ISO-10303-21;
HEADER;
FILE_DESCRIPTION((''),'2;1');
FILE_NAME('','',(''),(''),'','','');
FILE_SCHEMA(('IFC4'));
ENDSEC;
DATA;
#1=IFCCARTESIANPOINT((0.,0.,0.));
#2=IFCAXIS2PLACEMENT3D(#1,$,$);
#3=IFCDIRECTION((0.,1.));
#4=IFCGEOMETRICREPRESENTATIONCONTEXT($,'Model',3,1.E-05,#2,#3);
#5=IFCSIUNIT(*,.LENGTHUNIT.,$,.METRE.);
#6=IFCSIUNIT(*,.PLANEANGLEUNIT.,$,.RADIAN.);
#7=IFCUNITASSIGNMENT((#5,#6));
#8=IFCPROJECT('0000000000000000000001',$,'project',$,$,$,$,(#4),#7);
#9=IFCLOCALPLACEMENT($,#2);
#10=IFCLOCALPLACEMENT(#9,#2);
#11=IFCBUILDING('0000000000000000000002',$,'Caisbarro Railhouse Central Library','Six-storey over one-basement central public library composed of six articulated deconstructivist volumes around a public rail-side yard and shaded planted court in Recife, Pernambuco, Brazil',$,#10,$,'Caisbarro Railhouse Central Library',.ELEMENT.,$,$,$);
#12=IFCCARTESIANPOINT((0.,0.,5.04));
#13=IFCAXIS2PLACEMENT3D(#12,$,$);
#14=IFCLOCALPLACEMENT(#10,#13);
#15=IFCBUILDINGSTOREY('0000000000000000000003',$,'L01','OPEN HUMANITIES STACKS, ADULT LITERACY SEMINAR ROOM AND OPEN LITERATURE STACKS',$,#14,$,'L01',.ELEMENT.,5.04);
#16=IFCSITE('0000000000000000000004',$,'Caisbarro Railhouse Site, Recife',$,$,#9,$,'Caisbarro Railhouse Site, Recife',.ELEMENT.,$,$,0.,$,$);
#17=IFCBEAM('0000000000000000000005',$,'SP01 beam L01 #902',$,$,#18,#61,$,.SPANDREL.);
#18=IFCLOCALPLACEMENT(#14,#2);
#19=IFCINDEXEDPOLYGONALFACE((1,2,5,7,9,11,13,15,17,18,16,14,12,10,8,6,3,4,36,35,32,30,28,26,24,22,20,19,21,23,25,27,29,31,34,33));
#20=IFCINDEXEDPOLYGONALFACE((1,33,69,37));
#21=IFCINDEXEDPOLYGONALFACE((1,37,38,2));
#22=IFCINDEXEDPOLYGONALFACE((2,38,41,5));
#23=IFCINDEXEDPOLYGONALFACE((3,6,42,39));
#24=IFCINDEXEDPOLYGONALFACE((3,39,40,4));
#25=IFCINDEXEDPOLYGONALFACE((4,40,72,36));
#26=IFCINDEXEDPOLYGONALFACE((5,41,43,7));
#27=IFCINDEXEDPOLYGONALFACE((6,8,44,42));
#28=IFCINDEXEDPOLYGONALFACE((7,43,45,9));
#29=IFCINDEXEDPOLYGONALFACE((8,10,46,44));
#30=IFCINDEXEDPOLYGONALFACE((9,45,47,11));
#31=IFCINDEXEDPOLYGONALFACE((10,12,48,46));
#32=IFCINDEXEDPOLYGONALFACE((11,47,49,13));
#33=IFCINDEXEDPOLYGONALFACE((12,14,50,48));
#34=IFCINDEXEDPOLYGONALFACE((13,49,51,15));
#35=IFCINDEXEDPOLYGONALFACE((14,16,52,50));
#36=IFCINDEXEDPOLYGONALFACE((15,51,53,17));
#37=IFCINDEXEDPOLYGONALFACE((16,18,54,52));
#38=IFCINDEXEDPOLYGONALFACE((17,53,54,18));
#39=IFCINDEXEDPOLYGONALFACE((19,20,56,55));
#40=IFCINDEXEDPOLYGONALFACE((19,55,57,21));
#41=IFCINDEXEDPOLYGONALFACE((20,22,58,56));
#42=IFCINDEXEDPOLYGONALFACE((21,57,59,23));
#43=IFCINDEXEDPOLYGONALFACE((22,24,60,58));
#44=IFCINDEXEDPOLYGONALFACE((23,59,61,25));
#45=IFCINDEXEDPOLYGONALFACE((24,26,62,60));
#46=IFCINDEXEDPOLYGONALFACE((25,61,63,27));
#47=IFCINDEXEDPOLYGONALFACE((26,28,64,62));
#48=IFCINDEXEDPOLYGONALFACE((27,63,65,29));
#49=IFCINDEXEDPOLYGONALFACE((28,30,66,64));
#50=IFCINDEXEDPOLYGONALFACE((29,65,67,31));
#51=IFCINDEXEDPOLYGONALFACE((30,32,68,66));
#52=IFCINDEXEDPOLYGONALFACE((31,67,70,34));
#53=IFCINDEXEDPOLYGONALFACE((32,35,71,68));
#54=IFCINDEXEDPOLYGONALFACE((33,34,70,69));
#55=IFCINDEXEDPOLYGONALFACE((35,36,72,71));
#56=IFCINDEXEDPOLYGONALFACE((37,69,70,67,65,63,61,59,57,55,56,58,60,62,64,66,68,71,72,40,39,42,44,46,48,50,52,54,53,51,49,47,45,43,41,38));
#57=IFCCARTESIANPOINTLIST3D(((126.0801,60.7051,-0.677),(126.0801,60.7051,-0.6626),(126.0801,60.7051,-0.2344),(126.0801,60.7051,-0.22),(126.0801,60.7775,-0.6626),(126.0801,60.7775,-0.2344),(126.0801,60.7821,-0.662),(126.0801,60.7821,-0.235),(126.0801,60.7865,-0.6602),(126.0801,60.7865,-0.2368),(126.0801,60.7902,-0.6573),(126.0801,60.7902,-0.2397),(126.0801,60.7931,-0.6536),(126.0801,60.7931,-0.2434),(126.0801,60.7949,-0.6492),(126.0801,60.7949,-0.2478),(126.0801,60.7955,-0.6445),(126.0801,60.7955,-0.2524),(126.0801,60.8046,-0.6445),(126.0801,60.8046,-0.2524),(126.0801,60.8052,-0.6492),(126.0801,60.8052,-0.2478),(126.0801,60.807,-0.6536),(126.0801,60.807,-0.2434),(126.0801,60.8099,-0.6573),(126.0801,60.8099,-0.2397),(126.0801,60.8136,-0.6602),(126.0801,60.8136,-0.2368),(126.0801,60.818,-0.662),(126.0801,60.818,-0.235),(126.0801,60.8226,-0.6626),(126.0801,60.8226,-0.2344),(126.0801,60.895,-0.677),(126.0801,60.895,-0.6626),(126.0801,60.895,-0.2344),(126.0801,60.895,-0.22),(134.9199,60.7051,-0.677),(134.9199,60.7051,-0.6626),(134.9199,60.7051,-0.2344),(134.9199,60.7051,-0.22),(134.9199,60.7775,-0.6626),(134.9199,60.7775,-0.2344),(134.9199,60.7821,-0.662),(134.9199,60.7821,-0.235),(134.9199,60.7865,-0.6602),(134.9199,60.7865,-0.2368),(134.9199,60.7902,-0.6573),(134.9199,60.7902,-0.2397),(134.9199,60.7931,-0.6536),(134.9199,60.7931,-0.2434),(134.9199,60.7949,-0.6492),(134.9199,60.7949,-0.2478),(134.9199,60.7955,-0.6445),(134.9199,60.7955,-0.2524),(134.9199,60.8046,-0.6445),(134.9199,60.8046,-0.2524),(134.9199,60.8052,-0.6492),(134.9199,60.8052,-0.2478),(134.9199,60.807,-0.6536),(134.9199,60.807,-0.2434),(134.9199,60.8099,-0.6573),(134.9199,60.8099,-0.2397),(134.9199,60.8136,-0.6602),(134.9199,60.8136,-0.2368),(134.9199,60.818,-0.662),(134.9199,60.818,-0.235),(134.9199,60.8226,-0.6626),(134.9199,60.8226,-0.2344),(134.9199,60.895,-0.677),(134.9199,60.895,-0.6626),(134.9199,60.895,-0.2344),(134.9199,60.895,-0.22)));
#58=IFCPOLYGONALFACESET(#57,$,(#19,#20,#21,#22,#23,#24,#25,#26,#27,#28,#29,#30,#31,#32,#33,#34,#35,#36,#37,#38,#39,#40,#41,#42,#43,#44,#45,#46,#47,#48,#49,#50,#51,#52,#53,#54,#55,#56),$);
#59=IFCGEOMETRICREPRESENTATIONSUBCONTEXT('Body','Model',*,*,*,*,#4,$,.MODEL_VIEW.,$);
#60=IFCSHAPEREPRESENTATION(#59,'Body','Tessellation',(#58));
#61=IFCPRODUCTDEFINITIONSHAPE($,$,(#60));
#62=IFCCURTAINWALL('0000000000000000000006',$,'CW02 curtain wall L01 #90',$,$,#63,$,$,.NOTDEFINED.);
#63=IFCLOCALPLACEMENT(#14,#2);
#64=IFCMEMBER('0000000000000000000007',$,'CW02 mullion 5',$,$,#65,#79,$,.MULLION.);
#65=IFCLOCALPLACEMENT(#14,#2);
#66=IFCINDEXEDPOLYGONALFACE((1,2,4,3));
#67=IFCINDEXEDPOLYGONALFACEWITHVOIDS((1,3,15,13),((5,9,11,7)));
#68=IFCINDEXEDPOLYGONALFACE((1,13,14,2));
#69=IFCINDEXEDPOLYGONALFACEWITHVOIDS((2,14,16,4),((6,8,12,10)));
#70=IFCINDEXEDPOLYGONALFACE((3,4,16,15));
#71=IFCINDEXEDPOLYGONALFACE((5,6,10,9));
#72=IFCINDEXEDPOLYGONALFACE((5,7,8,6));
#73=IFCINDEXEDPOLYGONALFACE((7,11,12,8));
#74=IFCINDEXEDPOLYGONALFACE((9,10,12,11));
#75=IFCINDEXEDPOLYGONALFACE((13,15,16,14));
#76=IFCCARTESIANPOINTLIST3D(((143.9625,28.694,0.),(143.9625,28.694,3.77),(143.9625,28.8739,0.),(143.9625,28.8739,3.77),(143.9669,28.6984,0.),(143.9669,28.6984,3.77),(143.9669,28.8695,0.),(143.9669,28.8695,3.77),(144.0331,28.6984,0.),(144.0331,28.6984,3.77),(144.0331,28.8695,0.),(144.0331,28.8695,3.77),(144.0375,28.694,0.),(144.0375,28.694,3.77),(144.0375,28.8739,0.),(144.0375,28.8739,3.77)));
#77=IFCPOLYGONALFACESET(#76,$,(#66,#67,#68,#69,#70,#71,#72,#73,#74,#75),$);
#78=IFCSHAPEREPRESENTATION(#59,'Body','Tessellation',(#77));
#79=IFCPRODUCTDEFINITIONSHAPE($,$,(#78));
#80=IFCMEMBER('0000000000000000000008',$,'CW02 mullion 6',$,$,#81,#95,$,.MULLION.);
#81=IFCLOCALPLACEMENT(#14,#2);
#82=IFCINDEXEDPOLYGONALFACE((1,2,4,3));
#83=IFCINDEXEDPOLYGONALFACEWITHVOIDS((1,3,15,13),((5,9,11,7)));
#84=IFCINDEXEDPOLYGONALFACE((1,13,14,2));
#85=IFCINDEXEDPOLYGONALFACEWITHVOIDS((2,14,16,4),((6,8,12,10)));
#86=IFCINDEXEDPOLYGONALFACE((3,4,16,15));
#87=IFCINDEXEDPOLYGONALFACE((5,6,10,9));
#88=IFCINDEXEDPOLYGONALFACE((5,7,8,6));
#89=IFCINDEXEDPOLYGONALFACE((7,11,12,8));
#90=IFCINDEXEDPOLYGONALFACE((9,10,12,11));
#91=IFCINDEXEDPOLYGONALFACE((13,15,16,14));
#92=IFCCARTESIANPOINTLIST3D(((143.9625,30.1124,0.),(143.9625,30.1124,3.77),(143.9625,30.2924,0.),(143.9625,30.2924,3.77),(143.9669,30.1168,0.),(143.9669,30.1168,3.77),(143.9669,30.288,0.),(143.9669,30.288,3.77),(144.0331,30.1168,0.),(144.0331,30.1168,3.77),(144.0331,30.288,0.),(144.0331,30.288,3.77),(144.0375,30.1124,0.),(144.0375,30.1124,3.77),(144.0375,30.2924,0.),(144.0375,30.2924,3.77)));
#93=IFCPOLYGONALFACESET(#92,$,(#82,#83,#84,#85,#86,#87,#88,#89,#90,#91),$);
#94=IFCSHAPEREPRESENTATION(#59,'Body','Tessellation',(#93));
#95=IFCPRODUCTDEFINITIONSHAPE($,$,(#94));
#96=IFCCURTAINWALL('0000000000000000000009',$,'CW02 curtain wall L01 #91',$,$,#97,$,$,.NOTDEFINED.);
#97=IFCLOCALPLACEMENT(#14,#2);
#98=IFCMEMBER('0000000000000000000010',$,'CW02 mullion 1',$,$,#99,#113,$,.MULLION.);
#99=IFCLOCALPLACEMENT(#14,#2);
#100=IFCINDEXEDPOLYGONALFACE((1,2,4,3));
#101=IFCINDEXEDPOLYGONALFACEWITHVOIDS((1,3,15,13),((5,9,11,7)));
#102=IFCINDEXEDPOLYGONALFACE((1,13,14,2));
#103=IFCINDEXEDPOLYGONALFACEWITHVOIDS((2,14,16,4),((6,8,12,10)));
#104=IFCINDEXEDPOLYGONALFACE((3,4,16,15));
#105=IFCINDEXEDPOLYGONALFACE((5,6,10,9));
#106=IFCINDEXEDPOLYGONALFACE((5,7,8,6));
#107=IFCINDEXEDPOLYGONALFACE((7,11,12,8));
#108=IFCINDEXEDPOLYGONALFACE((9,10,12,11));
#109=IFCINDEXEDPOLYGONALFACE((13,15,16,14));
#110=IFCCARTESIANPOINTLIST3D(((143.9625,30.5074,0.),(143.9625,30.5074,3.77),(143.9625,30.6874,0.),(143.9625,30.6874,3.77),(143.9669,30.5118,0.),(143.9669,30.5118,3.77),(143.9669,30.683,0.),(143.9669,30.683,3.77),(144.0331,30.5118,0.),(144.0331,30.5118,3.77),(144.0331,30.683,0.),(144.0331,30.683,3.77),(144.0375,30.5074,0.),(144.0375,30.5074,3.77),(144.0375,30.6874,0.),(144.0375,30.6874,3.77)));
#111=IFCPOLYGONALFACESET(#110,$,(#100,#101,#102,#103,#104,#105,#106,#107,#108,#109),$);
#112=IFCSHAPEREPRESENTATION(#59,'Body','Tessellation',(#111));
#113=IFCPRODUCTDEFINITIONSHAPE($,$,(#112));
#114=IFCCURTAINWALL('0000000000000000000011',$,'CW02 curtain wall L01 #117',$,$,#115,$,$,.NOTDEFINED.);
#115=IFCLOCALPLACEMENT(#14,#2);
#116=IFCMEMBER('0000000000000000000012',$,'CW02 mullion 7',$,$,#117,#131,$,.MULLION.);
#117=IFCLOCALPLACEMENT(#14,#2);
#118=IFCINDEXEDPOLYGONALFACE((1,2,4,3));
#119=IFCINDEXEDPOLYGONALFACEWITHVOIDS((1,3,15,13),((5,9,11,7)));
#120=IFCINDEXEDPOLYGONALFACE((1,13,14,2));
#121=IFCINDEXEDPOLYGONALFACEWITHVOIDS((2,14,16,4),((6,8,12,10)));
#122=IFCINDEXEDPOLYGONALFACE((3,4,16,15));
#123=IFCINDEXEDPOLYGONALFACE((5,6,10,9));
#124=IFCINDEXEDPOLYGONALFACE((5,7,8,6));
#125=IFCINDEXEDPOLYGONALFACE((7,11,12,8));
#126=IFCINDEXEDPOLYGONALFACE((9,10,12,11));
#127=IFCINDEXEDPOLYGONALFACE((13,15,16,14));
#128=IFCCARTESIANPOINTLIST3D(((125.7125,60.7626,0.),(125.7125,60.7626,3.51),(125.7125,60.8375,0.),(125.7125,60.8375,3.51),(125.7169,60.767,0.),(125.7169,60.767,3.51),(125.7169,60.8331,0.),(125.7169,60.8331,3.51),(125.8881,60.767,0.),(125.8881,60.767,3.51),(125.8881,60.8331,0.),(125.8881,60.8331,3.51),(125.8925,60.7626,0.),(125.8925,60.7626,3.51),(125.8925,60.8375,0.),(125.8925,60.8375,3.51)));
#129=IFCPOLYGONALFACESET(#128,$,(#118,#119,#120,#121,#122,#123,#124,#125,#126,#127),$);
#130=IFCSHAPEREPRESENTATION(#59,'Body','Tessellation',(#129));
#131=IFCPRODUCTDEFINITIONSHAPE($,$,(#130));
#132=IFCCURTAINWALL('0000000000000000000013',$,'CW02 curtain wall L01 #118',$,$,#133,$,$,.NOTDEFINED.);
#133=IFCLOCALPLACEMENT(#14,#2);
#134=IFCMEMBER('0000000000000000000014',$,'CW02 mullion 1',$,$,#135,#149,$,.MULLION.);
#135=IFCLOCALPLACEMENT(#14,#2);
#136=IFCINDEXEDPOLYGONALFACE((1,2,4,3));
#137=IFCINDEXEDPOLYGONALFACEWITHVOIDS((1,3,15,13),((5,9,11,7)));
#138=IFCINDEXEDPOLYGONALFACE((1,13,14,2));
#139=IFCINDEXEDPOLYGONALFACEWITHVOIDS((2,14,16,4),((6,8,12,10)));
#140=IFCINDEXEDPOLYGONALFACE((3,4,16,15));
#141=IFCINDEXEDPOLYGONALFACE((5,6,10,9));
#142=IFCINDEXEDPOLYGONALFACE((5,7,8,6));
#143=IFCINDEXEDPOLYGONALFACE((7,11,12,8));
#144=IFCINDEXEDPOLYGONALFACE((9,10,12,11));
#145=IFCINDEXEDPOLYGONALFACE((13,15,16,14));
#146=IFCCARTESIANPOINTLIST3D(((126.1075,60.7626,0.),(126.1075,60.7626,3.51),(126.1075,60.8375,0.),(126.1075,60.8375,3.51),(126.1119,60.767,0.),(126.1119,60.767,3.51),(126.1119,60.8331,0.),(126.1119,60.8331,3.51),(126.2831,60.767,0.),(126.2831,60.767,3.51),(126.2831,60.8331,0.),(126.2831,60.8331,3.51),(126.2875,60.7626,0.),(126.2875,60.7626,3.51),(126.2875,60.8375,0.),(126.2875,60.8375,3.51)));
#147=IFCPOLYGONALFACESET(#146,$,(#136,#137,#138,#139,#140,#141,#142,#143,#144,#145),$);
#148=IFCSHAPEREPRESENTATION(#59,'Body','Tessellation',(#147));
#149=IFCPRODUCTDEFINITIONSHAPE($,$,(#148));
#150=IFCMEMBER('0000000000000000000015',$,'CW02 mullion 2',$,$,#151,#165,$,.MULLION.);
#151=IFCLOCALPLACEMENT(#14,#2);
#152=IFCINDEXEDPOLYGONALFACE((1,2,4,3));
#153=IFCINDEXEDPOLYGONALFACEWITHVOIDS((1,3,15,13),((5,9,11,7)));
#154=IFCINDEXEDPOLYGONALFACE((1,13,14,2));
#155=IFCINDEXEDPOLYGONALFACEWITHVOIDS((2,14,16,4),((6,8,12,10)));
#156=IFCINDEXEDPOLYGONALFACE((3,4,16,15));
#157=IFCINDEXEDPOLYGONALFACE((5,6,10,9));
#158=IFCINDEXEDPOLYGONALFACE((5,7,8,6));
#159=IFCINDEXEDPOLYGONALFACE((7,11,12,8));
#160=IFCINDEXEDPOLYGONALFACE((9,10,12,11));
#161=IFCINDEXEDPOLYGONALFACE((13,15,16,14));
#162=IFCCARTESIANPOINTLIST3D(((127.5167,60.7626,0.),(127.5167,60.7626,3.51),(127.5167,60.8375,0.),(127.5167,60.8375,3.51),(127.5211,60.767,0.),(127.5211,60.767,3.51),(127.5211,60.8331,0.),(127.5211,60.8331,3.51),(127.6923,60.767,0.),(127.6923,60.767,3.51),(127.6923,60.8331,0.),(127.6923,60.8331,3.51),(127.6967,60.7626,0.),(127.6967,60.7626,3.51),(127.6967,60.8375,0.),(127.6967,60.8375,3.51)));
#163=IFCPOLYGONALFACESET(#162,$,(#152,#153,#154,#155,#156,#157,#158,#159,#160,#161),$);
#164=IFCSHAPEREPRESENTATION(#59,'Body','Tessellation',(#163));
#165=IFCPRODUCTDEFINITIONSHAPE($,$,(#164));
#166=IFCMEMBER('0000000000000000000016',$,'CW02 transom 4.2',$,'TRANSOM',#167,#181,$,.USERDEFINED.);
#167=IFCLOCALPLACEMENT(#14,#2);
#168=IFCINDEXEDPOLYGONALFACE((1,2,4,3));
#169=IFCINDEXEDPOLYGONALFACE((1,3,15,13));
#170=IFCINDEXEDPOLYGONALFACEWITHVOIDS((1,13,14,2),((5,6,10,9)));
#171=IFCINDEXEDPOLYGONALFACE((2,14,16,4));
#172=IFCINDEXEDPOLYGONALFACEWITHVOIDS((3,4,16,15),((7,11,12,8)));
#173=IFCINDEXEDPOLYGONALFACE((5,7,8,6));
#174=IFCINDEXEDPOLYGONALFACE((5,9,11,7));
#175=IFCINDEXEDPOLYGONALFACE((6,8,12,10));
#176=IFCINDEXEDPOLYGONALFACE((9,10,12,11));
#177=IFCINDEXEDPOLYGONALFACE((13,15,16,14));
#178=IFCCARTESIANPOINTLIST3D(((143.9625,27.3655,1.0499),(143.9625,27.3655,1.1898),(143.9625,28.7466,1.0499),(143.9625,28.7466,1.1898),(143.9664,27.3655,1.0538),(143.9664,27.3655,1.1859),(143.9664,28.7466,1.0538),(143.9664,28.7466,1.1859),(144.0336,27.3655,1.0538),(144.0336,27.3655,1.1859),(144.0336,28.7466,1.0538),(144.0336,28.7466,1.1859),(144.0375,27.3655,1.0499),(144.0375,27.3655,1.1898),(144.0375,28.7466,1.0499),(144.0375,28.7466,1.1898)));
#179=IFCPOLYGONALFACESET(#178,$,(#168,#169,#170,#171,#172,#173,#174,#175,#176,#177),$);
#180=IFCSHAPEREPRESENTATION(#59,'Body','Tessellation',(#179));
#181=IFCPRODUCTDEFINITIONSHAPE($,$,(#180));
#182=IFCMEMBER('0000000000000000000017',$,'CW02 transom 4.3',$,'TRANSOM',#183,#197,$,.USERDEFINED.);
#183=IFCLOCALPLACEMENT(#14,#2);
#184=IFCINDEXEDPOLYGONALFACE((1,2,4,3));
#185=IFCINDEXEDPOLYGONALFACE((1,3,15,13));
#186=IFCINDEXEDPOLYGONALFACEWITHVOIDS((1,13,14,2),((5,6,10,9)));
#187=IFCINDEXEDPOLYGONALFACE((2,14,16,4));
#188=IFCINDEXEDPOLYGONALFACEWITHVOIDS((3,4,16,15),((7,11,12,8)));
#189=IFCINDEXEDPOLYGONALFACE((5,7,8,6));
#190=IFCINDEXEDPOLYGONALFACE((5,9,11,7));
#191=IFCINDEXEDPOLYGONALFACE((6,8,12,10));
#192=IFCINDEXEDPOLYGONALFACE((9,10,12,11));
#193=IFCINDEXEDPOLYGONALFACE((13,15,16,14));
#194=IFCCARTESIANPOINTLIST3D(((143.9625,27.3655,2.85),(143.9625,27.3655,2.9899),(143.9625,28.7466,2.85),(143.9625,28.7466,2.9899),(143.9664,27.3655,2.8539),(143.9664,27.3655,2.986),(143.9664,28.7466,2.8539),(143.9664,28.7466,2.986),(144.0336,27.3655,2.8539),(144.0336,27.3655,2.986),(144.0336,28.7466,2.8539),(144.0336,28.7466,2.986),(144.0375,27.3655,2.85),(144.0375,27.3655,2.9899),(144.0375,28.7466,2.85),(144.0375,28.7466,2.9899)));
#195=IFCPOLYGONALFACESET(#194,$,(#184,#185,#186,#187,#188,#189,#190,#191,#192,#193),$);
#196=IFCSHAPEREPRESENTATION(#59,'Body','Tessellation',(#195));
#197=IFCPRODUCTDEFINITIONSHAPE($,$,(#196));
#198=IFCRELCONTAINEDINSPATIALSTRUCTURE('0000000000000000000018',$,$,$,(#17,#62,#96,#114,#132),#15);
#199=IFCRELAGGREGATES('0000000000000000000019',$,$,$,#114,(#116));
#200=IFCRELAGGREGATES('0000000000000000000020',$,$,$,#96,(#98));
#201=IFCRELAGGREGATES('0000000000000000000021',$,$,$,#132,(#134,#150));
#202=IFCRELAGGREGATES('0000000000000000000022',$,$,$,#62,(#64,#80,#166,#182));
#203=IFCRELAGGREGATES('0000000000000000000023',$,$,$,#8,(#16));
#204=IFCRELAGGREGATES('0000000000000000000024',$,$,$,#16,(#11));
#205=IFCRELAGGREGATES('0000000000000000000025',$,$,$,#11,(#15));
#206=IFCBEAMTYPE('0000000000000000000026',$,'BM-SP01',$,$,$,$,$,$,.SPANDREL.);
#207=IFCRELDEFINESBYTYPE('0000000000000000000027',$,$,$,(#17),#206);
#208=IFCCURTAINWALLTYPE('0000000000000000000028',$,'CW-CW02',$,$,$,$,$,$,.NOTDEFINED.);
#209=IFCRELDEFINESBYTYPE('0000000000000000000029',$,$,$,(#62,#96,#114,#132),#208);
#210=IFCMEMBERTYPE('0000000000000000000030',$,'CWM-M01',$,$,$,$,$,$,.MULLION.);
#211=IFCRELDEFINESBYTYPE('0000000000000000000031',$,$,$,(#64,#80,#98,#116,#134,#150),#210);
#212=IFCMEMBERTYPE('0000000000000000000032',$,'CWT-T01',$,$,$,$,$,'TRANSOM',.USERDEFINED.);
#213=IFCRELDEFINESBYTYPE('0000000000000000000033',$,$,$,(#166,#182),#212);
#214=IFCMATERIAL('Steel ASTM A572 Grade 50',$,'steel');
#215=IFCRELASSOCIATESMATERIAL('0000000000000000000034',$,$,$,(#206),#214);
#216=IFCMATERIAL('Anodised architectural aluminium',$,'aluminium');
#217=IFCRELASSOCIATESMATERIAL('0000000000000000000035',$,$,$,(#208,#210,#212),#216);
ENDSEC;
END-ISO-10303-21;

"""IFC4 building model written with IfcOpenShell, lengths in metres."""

from ifc_helpers import new_model, si_unit, direction, frame, origin, origin_2d, place, context, subcontext, project, spatial, hollow_rectangle, i_section, extrude, material, material_profile, profile_set, type_object, element, aggregate, save


model = new_model("IFC4")

# Units and contexts
model_context = context("Model", 3, precision=1e-05, world=origin(), true_north=direction((0.0, 1.0)))
body_context = subcontext(model_context, "Body", "Model", "MODEL_VIEW")
ifc_project = project(units=[si_unit("LENGTHUNIT", "METRE"), si_unit("PLANEANGLEUNIT", "RADIAN")], contexts=[model_context])

# Site, building, storey
site_placement = place(None, origin())
site = spatial("IfcSite", under=ifc_project, at=site_placement, Name="Caisbarro Railhouse Site, Recife", LongName="Caisbarro Railhouse Site, Recife", CompositionType="ELEMENT", RefElevation=0.0)
building_placement = place(site_placement, origin())
building = spatial("IfcBuilding", under=site, at=building_placement, Name="Caisbarro Railhouse Central Library", Description="Six-storey over one-basement central public library composed of six articulated deconstructivist volumes around a public rail-side yard and shaded planted court in Recife, Pernambuco, Brazil", LongName="Caisbarro Railhouse Central Library", CompositionType="ELEMENT")
storey_placement = place(building_placement, frame((0.0, 0.0, 5.04)))
storey = spatial("IfcBuildingStorey", under=building, at=storey_placement, Name="L01", Description="OPEN HUMANITIES STACKS, ADULT LITERACY SEMINAR ROOM AND OPEN LITERATURE STACKS", LongName="L01", CompositionType="ELEMENT", Elevation=5.04)

# Shared definitions
ifc_material_1 = material(Name="Steel ASTM A572 Grade 50", Category="steel")

# Beam
ifc_material_profile_1 = material_profile(ifc_material_1, i_section(OverallWidth=0.1899, OverallDepth=0.457, WebThickness=0.009, FlangeThickness=0.0144, FilletRadius=0.0181, at=origin_2d()), Name="W460X74.0")
ifc_profile_set_1 = profile_set([ifc_material_profile_1], Name="Steel ASTM A572 Grade 50")
beam_type_1 = type_object("IfcBeamType", Name="BM-SP01", PredefinedType="SPANDREL", material=ifc_profile_set_1)
beam_1_placement = place(storey_placement, frame((126.0801, 60.8, -0.4485), z_axis=(1.0, 0.0, 0.0), x_axis=(0.0, 1.0, 0.0)))
element("IfcBeam", 1, at=beam_1_placement, inside=storey, type_object=beam_type_1, Name="SP01 beam L01 #902", PredefinedType="SPANDREL", context=body_context, shape_type="SweptSolid", body=[
    extrude(i_section(OverallWidth=0.1899, OverallDepth=0.457, WebThickness=0.009, FlangeThickness=0.0144, FilletRadius=0.0181, at=origin_2d()), origin(), (0.0, 0.0, 1.0), 8.8398),
])

# Curtain wall, members
ifc_material_2 = material(Name="Anodised architectural aluminium", Category="aluminium")
curtain_wall_type = type_object("IfcCurtainWallType", Name="CW-CW02", PredefinedType="NOTDEFINED", material=ifc_material_2)
curtain_wall_1_placement = place(storey_placement, origin())
curtain_wall_1 = element("IfcCurtainWall", 2, at=curtain_wall_1_placement, inside=storey, type_object=curtain_wall_type, Name="CW02 curtain wall L01 #90", PredefinedType="NOTDEFINED")
ifc_material_profile_2 = material_profile(ifc_material_2, hollow_rectangle(XDim=0.075, YDim=0.1799, WallThickness=0.0044, at=origin_2d()), Name="ALU-MUL-75X180")
ifc_profile_set_2 = profile_set([ifc_material_profile_2], Name="Anodised architectural aluminium")
member_type_1 = type_object("IfcMemberType", Name="CWM-M01", PredefinedType="MULLION", material=ifc_profile_set_2)
member_1_placement = place(storey_placement, frame((144.0, 28.7839, 0.0), z_axis=(0.0, 0.0, 1.0), x_axis=(-1.0, 0.0, 0.0)))
member_1 = element("IfcMember", 3, at=member_1_placement, type_object=member_type_1, Name="CW02 mullion 5", PredefinedType="MULLION", context=body_context, shape_type="SweptSolid", body=[
    extrude(hollow_rectangle(XDim=0.075, YDim=0.1799, WallThickness=0.0044, at=origin_2d()), origin(), (0.0, 0.0, 1.0), 3.77),
])
member_2_placement = place(storey_placement, frame((144.0, 30.2024, 0.0), z_axis=(0.0, 0.0, 1.0), x_axis=(-1.0, 0.0, 0.0)))
member_2 = element("IfcMember", 4, at=member_2_placement, type_object=member_type_1, Name="CW02 mullion 6", PredefinedType="MULLION", context=body_context, shape_type="SweptSolid", body=[
    extrude(hollow_rectangle(XDim=0.075, YDim=0.1799, WallThickness=0.0044, at=origin_2d()), origin(), (0.0, 0.0, 1.0), 3.77),
])

# Curtain walls, members
curtain_wall_2_placement = place(storey_placement, origin())
curtain_wall_2 = element("IfcCurtainWall", 5, at=curtain_wall_2_placement, inside=storey, type_object=curtain_wall_type, Name="CW02 curtain wall L01 #91", PredefinedType="NOTDEFINED")
member_3_placement = place(storey_placement, frame((144.0, 30.5974, 0.0), z_axis=(0.0, 0.0, 1.0), x_axis=(-1.0, 0.0, 0.0)))
member_3 = element("IfcMember", 6, at=member_3_placement, type_object=member_type_1, Name="CW02 mullion 1", PredefinedType="MULLION", context=body_context, shape_type="SweptSolid", body=[
    extrude(hollow_rectangle(XDim=0.075, YDim=0.1799, WallThickness=0.0044, at=origin_2d()), origin(), (0.0, 0.0, 1.0), 3.77),
])
curtain_wall_3_placement = place(storey_placement, origin())
curtain_wall_3 = element("IfcCurtainWall", 7, at=curtain_wall_3_placement, inside=storey, type_object=curtain_wall_type, Name="CW02 curtain wall L01 #117", PredefinedType="NOTDEFINED")
member_4_placement = place(storey_placement, frame((125.8025, 60.8, 0.0), z_axis=(0.0, 0.0, 1.0), x_axis=(0.0, 1.0, 0.0)))
member_4 = element("IfcMember", 8, at=member_4_placement, type_object=member_type_1, Name="CW02 mullion 7", PredefinedType="MULLION", context=body_context, shape_type="SweptSolid", body=[
    extrude(hollow_rectangle(XDim=0.075, YDim=0.1799, WallThickness=0.0044, at=origin_2d()), origin(), (0.0, 0.0, 1.0), 3.51),
])
aggregate(curtain_wall_3, [member_4])

# Curtain wall, members
curtain_wall_4_placement = place(storey_placement, origin())
curtain_wall_4 = element("IfcCurtainWall", 9, at=curtain_wall_4_placement, inside=storey, type_object=curtain_wall_type, Name="CW02 curtain wall L01 #118", PredefinedType="NOTDEFINED")
member_5_placement = place(storey_placement, frame((126.1975, 60.8, 0.0), z_axis=(0.0, 0.0, 1.0), x_axis=(0.0, 1.0, 0.0)))
member_5 = element("IfcMember", 10, at=member_5_placement, type_object=member_type_1, Name="CW02 mullion 1", PredefinedType="MULLION", context=body_context, shape_type="SweptSolid", body=[
    extrude(hollow_rectangle(XDim=0.075, YDim=0.1799, WallThickness=0.0044, at=origin_2d()), origin(), (0.0, 0.0, 1.0), 3.51),
])
member_6_placement = place(storey_placement, frame((127.6067, 60.8, 0.0), z_axis=(0.0, 0.0, 1.0), x_axis=(0.0, 1.0, 0.0)))
member_6 = element("IfcMember", 11, at=member_6_placement, type_object=member_type_1, Name="CW02 mullion 2", PredefinedType="MULLION", context=body_context, shape_type="SweptSolid", body=[
    extrude(hollow_rectangle(XDim=0.075, YDim=0.1799, WallThickness=0.0044, at=origin_2d()), origin(), (0.0, 0.0, 1.0), 3.51),
])

# Members
ifc_material_profile_3 = material_profile(ifc_material_2, hollow_rectangle(XDim=0.075, YDim=0.1399, WallThickness=0.0039, at=origin_2d()), Name="ALU-TRN-75X140")
ifc_profile_set_3 = profile_set([ifc_material_profile_3], Name="Anodised architectural aluminium")
member_type_2 = type_object("IfcMemberType", Name="CWT-T01", ElementType="TRANSOM", PredefinedType="USERDEFINED", material=ifc_profile_set_3)
member_7_placement = place(storey_placement, frame((144.0, 27.3655, 1.1199), z_axis=(0.0, 1.0, 0.0), x_axis=(-1.0, 0.0, 0.0)))
member_7 = element("IfcMember", 12, at=member_7_placement, type_object=member_type_2, Name="CW02 transom 4.2", ObjectType="TRANSOM", PredefinedType="USERDEFINED", context=body_context, shape_type="SweptSolid", body=[
    extrude(hollow_rectangle(XDim=0.075, YDim=0.1399, WallThickness=0.0039, at=origin_2d()), origin(), (0.0, 0.0, 1.0), 1.3811),
])
member_8_placement = place(storey_placement, frame((144.0, 27.3655, 2.9199), z_axis=(0.0, 1.0, 0.0), x_axis=(-1.0, 0.0, 0.0)))
member_8 = element("IfcMember", 13, at=member_8_placement, type_object=member_type_2, Name="CW02 transom 4.3", ObjectType="TRANSOM", PredefinedType="USERDEFINED", context=body_context, shape_type="SweptSolid", body=[
    extrude(hollow_rectangle(XDim=0.075, YDim=0.1399, WallThickness=0.0039, at=origin_2d()), origin(), (0.0, 0.0, 1.0), 1.3811),
])
aggregate(curtain_wall_2, [member_3])

aggregate(curtain_wall_4, [member_5, member_6])
aggregate(curtain_wall_1, [member_1, member_2, member_7, member_8])

save(model, "model.ifc")
